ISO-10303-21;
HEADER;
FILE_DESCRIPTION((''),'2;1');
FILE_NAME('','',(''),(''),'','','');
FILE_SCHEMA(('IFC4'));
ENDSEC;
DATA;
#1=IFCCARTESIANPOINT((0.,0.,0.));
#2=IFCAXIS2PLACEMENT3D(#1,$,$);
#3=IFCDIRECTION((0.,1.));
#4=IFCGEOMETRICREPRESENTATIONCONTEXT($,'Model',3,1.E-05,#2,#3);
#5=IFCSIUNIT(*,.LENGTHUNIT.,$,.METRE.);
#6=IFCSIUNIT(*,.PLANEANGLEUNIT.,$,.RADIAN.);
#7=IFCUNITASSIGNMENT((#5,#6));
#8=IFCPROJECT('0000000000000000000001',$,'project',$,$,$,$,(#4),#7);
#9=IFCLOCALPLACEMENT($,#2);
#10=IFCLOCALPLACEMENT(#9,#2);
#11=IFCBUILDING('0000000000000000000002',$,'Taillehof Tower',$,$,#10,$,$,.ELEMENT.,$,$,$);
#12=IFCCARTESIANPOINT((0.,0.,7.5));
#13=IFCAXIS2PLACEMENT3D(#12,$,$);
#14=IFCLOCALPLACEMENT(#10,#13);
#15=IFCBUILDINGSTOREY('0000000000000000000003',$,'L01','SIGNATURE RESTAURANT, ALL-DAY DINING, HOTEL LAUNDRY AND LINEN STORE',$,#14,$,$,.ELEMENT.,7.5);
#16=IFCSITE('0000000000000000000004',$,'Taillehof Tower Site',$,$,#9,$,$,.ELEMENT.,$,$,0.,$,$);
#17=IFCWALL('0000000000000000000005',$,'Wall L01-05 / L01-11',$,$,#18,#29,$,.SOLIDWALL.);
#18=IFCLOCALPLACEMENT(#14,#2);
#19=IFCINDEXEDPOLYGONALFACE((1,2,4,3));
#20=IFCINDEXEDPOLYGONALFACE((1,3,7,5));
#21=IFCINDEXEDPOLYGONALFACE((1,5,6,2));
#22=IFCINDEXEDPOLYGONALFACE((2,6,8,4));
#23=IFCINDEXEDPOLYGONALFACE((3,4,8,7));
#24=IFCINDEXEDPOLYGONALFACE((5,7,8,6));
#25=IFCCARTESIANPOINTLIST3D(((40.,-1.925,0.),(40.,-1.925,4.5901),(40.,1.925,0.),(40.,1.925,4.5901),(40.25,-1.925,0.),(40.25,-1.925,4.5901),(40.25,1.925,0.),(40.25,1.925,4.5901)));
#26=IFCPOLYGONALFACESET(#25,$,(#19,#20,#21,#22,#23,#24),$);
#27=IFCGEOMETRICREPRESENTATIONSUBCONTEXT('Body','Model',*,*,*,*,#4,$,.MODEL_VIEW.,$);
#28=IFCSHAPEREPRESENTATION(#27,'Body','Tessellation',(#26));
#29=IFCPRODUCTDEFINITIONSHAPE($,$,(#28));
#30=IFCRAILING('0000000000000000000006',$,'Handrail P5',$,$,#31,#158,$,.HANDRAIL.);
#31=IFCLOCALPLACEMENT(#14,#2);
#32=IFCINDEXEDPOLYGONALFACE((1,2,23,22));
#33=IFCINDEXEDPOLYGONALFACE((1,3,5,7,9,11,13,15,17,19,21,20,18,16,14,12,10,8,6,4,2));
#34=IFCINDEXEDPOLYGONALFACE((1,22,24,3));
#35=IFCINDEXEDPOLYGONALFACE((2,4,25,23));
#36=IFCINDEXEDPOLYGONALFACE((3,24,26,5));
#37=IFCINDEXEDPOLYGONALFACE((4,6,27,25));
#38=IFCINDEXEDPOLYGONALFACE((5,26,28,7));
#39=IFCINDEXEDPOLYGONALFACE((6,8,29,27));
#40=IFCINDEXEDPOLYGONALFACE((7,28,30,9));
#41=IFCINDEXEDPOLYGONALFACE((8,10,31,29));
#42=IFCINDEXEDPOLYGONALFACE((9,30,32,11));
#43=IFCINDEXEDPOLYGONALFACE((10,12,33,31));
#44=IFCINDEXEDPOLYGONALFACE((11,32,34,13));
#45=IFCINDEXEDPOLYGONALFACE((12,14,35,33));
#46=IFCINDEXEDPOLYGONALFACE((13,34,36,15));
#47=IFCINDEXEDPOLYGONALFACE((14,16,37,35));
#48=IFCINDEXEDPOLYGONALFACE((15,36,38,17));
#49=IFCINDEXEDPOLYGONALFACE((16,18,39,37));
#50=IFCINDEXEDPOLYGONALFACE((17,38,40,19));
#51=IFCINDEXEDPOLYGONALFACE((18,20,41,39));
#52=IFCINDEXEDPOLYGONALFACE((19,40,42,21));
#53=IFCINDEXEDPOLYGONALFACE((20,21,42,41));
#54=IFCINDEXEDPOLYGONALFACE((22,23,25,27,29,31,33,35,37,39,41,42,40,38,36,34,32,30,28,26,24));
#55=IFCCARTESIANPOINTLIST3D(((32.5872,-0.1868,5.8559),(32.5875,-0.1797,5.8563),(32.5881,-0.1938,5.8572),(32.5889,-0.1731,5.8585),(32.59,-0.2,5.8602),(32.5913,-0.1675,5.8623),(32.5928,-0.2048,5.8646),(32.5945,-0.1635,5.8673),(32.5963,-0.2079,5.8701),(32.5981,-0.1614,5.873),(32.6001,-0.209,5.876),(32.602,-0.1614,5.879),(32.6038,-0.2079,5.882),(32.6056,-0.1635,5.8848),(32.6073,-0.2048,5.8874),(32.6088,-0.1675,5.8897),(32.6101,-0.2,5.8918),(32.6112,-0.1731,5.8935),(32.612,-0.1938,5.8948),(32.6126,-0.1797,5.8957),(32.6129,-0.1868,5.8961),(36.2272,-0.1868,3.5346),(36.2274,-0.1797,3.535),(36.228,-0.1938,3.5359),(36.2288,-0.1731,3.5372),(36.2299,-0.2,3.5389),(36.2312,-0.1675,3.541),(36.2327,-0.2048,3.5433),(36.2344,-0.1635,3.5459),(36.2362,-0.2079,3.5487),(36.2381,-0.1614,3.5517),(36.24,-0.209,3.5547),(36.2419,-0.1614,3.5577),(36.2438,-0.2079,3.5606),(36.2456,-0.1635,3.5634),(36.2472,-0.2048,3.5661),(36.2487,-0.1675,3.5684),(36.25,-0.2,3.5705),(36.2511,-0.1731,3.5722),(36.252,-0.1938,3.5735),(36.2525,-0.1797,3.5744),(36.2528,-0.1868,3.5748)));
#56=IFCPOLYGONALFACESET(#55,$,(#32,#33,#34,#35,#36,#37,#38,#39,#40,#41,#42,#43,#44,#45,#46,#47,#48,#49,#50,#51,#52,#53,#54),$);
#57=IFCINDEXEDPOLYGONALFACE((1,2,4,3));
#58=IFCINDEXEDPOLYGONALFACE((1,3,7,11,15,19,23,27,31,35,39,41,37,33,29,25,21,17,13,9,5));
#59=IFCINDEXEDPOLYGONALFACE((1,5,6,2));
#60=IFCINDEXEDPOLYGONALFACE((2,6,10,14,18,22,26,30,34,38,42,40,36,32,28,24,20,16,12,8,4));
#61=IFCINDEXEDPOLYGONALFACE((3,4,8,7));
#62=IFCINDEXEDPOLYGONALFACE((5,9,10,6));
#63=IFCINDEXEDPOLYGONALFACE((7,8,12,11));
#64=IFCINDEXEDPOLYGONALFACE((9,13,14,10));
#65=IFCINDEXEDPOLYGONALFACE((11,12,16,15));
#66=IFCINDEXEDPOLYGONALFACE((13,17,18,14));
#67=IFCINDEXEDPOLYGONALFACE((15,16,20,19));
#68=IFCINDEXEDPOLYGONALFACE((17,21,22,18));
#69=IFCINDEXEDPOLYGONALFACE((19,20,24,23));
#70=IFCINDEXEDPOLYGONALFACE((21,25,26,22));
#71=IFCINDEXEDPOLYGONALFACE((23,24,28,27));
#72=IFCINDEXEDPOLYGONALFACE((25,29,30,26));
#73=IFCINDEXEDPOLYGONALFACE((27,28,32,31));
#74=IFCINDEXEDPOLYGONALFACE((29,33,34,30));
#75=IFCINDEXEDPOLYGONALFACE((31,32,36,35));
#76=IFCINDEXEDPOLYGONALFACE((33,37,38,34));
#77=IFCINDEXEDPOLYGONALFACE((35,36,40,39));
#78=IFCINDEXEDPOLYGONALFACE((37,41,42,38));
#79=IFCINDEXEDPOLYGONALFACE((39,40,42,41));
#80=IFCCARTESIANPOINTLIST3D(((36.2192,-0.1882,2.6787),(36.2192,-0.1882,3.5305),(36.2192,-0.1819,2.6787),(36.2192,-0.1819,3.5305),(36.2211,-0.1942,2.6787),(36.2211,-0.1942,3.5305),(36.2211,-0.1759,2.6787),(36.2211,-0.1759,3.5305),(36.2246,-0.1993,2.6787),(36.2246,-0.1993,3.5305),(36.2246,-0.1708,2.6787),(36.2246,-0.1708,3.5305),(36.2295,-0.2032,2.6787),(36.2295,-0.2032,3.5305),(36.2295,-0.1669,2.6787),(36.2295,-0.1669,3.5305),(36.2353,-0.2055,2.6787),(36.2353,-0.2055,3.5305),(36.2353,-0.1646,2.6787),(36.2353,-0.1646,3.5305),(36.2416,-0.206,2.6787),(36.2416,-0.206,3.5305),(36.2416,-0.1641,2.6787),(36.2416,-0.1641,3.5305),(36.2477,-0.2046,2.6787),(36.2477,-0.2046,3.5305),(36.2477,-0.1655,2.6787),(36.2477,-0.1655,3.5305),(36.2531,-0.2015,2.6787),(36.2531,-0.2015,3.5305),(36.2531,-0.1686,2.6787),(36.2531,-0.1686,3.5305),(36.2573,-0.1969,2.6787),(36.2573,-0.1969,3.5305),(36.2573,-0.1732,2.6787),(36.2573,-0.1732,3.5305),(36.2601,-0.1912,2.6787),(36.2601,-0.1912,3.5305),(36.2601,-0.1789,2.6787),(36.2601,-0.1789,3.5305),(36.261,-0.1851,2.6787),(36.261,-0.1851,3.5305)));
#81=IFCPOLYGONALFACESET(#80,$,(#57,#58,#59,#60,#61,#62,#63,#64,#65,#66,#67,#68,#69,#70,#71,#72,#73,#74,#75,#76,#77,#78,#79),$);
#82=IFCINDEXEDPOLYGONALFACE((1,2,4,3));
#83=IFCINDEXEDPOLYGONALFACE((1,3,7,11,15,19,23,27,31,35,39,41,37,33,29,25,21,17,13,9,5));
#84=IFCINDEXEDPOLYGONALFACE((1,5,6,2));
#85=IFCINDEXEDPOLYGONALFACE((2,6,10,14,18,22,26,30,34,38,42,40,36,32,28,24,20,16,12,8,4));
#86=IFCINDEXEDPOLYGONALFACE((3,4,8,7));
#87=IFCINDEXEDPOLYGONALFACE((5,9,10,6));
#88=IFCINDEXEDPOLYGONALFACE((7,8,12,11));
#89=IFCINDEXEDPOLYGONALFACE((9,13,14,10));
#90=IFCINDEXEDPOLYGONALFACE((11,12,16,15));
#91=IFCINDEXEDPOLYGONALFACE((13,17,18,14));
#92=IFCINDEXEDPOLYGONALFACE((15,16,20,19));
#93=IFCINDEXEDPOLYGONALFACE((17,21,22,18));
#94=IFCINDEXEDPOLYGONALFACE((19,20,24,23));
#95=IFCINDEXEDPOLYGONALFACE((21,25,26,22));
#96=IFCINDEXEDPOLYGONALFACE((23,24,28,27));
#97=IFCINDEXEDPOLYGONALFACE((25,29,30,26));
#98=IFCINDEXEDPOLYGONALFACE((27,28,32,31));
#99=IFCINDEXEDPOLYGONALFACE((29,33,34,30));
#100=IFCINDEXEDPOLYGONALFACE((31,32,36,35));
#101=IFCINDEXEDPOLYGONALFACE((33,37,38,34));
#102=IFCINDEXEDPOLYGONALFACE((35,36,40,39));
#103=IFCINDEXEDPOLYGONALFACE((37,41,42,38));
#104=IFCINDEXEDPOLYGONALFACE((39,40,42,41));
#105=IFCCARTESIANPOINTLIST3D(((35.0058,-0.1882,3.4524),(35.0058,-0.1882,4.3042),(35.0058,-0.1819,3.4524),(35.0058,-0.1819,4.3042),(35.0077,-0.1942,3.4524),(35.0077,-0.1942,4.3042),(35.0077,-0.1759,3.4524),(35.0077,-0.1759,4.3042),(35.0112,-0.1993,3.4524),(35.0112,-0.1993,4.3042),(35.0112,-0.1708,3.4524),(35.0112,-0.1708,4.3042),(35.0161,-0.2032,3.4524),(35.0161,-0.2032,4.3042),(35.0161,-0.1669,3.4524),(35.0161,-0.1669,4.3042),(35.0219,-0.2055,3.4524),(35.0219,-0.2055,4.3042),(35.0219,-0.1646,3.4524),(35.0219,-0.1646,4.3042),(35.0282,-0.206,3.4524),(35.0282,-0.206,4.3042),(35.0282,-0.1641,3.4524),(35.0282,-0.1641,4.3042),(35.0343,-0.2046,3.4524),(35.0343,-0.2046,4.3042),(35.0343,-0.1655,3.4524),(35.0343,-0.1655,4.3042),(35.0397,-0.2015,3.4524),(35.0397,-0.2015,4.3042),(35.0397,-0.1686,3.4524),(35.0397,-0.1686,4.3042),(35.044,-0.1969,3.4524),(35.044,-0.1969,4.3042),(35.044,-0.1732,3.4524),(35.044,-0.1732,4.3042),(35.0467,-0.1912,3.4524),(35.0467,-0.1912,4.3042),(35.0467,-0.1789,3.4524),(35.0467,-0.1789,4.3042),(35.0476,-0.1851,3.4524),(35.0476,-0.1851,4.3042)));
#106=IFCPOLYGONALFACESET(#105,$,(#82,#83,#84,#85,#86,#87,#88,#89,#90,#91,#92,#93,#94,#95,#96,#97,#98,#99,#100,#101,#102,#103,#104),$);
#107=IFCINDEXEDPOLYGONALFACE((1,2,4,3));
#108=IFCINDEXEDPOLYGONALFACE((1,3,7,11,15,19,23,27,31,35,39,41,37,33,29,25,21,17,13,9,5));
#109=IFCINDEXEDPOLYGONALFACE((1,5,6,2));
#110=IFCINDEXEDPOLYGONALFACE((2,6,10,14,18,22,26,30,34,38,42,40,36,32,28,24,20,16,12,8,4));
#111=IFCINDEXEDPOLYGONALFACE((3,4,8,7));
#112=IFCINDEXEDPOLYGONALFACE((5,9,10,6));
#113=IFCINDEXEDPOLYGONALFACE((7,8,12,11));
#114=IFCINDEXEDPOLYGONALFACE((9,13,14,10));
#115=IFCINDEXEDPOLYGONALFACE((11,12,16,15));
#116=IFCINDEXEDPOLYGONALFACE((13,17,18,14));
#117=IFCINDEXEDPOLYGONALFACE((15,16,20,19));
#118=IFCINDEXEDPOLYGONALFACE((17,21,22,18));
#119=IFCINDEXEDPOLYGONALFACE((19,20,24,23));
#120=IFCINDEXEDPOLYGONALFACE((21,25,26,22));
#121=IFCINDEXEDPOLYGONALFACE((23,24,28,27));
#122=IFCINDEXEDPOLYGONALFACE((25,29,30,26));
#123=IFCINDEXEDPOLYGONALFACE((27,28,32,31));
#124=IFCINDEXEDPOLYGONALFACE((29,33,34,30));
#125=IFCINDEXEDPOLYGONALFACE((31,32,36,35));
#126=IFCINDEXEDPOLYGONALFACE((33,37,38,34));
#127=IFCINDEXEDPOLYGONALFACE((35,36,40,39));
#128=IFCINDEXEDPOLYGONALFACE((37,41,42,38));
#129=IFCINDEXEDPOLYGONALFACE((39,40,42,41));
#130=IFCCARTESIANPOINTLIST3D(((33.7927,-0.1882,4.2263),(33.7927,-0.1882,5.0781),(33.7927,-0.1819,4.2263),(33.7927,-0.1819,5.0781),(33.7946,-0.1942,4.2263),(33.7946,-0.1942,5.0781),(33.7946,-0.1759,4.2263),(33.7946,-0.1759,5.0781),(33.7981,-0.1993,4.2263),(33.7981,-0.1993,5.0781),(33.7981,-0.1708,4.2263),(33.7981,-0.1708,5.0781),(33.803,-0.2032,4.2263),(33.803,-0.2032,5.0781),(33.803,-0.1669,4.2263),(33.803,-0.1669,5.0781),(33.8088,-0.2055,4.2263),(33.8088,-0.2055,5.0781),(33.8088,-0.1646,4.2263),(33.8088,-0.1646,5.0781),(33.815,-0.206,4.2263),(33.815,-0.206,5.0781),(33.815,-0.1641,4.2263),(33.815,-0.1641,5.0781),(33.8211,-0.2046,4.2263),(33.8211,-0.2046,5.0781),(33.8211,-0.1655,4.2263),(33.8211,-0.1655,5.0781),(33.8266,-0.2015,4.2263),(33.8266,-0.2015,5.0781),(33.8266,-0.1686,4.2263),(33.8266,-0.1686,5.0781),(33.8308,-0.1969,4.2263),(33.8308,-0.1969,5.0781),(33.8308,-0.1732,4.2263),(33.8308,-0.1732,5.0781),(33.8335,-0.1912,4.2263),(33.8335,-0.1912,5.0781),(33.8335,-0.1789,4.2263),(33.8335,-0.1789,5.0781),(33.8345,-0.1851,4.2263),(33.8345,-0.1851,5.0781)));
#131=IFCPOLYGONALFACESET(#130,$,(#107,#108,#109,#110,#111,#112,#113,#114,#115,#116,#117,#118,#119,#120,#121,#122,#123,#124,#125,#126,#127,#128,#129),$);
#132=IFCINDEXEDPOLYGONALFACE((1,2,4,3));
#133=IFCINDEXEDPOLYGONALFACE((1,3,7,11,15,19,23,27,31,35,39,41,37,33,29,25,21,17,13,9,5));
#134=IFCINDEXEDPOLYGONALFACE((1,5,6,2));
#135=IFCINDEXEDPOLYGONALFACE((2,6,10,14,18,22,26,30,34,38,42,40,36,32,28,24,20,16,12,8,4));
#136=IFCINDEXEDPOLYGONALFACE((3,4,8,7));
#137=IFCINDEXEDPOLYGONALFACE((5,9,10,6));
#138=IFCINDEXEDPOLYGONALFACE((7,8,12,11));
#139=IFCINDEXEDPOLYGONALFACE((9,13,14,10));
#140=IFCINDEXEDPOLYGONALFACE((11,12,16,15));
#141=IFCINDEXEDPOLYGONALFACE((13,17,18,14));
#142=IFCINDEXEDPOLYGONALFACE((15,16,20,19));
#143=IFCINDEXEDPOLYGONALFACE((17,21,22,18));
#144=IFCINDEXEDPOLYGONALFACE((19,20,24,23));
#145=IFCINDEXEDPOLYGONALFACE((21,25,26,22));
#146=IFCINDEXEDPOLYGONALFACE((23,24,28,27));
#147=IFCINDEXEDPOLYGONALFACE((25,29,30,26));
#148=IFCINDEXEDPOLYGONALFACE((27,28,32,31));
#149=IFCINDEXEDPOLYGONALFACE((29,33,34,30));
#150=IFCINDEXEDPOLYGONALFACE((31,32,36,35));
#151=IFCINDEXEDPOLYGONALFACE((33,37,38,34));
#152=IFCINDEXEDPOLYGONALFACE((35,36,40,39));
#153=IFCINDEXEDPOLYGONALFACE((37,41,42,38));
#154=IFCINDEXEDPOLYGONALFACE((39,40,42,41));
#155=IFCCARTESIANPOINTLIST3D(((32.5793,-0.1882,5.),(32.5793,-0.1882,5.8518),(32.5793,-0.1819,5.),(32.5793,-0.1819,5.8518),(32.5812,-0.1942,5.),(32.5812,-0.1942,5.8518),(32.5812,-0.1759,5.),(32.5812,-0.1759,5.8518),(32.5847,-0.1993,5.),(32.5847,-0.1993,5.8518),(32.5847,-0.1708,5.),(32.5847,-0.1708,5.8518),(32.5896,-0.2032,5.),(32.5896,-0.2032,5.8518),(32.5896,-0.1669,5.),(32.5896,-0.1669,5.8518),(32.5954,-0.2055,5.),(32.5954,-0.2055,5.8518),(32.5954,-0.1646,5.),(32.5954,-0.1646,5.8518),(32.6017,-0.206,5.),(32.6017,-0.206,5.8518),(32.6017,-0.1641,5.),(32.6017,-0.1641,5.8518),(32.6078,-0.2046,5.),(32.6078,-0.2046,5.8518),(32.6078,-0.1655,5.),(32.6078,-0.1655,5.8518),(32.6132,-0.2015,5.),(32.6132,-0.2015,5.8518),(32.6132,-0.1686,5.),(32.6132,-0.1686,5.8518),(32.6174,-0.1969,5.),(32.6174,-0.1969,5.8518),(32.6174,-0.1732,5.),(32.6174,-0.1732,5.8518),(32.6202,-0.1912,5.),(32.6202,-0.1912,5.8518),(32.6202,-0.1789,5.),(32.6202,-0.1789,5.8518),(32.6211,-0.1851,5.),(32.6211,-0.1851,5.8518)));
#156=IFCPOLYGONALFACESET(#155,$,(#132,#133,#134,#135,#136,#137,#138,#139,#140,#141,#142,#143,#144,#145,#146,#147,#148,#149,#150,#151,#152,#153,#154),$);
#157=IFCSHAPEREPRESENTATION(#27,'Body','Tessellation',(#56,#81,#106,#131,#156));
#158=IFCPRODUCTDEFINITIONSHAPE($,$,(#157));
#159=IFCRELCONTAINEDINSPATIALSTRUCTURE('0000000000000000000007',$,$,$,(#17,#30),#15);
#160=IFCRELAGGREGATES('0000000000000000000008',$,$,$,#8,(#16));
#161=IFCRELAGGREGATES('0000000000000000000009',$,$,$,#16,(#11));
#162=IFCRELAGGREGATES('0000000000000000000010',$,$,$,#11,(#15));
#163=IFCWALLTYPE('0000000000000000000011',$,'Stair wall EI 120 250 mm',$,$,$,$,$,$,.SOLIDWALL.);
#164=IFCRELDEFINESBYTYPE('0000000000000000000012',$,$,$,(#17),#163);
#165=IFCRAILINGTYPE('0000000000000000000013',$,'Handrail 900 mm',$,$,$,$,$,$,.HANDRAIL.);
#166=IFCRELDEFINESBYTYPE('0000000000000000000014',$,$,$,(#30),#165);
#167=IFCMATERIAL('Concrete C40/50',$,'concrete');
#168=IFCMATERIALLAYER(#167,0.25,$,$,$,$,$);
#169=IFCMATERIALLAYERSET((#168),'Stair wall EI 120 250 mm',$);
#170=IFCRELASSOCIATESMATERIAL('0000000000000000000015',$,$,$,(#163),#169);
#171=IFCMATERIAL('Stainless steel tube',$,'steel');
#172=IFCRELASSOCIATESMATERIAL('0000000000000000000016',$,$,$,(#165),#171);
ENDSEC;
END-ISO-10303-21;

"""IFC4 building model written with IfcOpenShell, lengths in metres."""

from ifc_helpers import new_model, si_unit, direction, frame, frame_2d, origin, origin_2d, place, context, subcontext, project, spatial, rectangle, circle, extrude, material, layer, layer_set, type_object, element, save


model = new_model("IFC4")

# Units and contexts
model_context = context("Model", 3, precision=1e-05, world=origin(), true_north=direction((0.0, 1.0)))
body_context = subcontext(model_context, "Body", "Model", "MODEL_VIEW")
ifc_project = project(units=[si_unit("LENGTHUNIT", "METRE"), si_unit("PLANEANGLEUNIT", "RADIAN")], contexts=[model_context])

# Site, building, storey
site_placement = place(None, origin())
site = spatial("IfcSite", under=ifc_project, at=site_placement, Name="Taillehof Tower Site", CompositionType="ELEMENT", RefElevation=0.0)
building_placement = place(site_placement, origin())
building = spatial("IfcBuilding", under=site, at=building_placement, Name="Taillehof Tower", CompositionType="ELEMENT")
storey_placement = place(building_placement, frame((0.0, 0.0, 7.5)))
storey = spatial("IfcBuildingStorey", under=building, at=storey_placement, Name="L01", Description="SIGNATURE RESTAURANT, ALL-DAY DINING, HOTEL LAUNDRY AND LINEN STORE", CompositionType="ELEMENT", Elevation=7.5)

# Shared definitions
ifc_material_1 = material(Name="Concrete C40/50", Category="concrete")
ifc_layer_1 = layer(ifc_material_1, 0.25)
ifc_layer_set_1 = layer_set([ifc_layer_1], Name="Stair wall EI 120 250 mm")
wall_type_1 = type_object("IfcWallType", Name="Stair wall EI 120 250 mm", PredefinedType="SOLIDWALL", material=ifc_layer_set_1)

# Wall
wall_1_placement = place(storey_placement, frame((40.125, -1.925, 0.0), z_axis=(0.0, 0.0, 1.0), x_axis=(0.0, 1.0, 0.0)))
element("IfcWall", 1, at=wall_1_placement, inside=storey, type_object=wall_type_1, Name="Wall L01-05 / L01-11", PredefinedType="SOLIDWALL", context=body_context, shape_type="SweptSolid", body=[
    extrude(rectangle(XDim=3.8501, YDim=0.25, at=frame_2d((1.925, 0.0))), origin(), (0.0, 0.0, 1.0), 4.5901),
])

# Railing
ifc_material_2 = material(Name="Stainless steel tube", Category="steel")
railing_type = type_object("IfcRailingType", Name="Handrail 900 mm", PredefinedType="HANDRAIL", material=ifc_material_2)
for number, where, name in (
    (2, (36.24, -0.1851, 2.6787), "Handrail P5"),
):
    element("IfcRailing", number, at=place(storey_placement, frame(where)), inside=storey, type_object=railing_type, Name=name, PredefinedType="HANDRAIL", context=body_context, shape_type="SweptSolid", body=[
        extrude(circle(Radius=0.0239, at=origin_2d()), frame((0.0, 0.0, 0.876), z_axis=(-0.843137, 0.0, 0.537699), x_axis=(0.0, -1.0, 0.0)), (0.0, 0.0, 1.0), 4.3171),
        extrude(circle(Radius=0.021, at=origin_2d()), origin(), (0.0, 0.0, 1.0), 0.8518),
        extrude(circle(Radius=0.021, at=origin_2d()), frame((-1.2134, 0.0, 0.7737)), (0.0, 0.0, 1.0), 0.8518),
        extrude(circle(Radius=0.021, at=origin_2d()), frame((-2.4265, 0.0, 1.5476)), (0.0, 0.0, 1.0), 0.8518),
        extrude(circle(Radius=0.021, at=origin_2d()), frame((-3.6399, 0.0, 2.3213)), (0.0, 0.0, 1.0), 0.8518),
    ])

save(model, "model.ifc")
